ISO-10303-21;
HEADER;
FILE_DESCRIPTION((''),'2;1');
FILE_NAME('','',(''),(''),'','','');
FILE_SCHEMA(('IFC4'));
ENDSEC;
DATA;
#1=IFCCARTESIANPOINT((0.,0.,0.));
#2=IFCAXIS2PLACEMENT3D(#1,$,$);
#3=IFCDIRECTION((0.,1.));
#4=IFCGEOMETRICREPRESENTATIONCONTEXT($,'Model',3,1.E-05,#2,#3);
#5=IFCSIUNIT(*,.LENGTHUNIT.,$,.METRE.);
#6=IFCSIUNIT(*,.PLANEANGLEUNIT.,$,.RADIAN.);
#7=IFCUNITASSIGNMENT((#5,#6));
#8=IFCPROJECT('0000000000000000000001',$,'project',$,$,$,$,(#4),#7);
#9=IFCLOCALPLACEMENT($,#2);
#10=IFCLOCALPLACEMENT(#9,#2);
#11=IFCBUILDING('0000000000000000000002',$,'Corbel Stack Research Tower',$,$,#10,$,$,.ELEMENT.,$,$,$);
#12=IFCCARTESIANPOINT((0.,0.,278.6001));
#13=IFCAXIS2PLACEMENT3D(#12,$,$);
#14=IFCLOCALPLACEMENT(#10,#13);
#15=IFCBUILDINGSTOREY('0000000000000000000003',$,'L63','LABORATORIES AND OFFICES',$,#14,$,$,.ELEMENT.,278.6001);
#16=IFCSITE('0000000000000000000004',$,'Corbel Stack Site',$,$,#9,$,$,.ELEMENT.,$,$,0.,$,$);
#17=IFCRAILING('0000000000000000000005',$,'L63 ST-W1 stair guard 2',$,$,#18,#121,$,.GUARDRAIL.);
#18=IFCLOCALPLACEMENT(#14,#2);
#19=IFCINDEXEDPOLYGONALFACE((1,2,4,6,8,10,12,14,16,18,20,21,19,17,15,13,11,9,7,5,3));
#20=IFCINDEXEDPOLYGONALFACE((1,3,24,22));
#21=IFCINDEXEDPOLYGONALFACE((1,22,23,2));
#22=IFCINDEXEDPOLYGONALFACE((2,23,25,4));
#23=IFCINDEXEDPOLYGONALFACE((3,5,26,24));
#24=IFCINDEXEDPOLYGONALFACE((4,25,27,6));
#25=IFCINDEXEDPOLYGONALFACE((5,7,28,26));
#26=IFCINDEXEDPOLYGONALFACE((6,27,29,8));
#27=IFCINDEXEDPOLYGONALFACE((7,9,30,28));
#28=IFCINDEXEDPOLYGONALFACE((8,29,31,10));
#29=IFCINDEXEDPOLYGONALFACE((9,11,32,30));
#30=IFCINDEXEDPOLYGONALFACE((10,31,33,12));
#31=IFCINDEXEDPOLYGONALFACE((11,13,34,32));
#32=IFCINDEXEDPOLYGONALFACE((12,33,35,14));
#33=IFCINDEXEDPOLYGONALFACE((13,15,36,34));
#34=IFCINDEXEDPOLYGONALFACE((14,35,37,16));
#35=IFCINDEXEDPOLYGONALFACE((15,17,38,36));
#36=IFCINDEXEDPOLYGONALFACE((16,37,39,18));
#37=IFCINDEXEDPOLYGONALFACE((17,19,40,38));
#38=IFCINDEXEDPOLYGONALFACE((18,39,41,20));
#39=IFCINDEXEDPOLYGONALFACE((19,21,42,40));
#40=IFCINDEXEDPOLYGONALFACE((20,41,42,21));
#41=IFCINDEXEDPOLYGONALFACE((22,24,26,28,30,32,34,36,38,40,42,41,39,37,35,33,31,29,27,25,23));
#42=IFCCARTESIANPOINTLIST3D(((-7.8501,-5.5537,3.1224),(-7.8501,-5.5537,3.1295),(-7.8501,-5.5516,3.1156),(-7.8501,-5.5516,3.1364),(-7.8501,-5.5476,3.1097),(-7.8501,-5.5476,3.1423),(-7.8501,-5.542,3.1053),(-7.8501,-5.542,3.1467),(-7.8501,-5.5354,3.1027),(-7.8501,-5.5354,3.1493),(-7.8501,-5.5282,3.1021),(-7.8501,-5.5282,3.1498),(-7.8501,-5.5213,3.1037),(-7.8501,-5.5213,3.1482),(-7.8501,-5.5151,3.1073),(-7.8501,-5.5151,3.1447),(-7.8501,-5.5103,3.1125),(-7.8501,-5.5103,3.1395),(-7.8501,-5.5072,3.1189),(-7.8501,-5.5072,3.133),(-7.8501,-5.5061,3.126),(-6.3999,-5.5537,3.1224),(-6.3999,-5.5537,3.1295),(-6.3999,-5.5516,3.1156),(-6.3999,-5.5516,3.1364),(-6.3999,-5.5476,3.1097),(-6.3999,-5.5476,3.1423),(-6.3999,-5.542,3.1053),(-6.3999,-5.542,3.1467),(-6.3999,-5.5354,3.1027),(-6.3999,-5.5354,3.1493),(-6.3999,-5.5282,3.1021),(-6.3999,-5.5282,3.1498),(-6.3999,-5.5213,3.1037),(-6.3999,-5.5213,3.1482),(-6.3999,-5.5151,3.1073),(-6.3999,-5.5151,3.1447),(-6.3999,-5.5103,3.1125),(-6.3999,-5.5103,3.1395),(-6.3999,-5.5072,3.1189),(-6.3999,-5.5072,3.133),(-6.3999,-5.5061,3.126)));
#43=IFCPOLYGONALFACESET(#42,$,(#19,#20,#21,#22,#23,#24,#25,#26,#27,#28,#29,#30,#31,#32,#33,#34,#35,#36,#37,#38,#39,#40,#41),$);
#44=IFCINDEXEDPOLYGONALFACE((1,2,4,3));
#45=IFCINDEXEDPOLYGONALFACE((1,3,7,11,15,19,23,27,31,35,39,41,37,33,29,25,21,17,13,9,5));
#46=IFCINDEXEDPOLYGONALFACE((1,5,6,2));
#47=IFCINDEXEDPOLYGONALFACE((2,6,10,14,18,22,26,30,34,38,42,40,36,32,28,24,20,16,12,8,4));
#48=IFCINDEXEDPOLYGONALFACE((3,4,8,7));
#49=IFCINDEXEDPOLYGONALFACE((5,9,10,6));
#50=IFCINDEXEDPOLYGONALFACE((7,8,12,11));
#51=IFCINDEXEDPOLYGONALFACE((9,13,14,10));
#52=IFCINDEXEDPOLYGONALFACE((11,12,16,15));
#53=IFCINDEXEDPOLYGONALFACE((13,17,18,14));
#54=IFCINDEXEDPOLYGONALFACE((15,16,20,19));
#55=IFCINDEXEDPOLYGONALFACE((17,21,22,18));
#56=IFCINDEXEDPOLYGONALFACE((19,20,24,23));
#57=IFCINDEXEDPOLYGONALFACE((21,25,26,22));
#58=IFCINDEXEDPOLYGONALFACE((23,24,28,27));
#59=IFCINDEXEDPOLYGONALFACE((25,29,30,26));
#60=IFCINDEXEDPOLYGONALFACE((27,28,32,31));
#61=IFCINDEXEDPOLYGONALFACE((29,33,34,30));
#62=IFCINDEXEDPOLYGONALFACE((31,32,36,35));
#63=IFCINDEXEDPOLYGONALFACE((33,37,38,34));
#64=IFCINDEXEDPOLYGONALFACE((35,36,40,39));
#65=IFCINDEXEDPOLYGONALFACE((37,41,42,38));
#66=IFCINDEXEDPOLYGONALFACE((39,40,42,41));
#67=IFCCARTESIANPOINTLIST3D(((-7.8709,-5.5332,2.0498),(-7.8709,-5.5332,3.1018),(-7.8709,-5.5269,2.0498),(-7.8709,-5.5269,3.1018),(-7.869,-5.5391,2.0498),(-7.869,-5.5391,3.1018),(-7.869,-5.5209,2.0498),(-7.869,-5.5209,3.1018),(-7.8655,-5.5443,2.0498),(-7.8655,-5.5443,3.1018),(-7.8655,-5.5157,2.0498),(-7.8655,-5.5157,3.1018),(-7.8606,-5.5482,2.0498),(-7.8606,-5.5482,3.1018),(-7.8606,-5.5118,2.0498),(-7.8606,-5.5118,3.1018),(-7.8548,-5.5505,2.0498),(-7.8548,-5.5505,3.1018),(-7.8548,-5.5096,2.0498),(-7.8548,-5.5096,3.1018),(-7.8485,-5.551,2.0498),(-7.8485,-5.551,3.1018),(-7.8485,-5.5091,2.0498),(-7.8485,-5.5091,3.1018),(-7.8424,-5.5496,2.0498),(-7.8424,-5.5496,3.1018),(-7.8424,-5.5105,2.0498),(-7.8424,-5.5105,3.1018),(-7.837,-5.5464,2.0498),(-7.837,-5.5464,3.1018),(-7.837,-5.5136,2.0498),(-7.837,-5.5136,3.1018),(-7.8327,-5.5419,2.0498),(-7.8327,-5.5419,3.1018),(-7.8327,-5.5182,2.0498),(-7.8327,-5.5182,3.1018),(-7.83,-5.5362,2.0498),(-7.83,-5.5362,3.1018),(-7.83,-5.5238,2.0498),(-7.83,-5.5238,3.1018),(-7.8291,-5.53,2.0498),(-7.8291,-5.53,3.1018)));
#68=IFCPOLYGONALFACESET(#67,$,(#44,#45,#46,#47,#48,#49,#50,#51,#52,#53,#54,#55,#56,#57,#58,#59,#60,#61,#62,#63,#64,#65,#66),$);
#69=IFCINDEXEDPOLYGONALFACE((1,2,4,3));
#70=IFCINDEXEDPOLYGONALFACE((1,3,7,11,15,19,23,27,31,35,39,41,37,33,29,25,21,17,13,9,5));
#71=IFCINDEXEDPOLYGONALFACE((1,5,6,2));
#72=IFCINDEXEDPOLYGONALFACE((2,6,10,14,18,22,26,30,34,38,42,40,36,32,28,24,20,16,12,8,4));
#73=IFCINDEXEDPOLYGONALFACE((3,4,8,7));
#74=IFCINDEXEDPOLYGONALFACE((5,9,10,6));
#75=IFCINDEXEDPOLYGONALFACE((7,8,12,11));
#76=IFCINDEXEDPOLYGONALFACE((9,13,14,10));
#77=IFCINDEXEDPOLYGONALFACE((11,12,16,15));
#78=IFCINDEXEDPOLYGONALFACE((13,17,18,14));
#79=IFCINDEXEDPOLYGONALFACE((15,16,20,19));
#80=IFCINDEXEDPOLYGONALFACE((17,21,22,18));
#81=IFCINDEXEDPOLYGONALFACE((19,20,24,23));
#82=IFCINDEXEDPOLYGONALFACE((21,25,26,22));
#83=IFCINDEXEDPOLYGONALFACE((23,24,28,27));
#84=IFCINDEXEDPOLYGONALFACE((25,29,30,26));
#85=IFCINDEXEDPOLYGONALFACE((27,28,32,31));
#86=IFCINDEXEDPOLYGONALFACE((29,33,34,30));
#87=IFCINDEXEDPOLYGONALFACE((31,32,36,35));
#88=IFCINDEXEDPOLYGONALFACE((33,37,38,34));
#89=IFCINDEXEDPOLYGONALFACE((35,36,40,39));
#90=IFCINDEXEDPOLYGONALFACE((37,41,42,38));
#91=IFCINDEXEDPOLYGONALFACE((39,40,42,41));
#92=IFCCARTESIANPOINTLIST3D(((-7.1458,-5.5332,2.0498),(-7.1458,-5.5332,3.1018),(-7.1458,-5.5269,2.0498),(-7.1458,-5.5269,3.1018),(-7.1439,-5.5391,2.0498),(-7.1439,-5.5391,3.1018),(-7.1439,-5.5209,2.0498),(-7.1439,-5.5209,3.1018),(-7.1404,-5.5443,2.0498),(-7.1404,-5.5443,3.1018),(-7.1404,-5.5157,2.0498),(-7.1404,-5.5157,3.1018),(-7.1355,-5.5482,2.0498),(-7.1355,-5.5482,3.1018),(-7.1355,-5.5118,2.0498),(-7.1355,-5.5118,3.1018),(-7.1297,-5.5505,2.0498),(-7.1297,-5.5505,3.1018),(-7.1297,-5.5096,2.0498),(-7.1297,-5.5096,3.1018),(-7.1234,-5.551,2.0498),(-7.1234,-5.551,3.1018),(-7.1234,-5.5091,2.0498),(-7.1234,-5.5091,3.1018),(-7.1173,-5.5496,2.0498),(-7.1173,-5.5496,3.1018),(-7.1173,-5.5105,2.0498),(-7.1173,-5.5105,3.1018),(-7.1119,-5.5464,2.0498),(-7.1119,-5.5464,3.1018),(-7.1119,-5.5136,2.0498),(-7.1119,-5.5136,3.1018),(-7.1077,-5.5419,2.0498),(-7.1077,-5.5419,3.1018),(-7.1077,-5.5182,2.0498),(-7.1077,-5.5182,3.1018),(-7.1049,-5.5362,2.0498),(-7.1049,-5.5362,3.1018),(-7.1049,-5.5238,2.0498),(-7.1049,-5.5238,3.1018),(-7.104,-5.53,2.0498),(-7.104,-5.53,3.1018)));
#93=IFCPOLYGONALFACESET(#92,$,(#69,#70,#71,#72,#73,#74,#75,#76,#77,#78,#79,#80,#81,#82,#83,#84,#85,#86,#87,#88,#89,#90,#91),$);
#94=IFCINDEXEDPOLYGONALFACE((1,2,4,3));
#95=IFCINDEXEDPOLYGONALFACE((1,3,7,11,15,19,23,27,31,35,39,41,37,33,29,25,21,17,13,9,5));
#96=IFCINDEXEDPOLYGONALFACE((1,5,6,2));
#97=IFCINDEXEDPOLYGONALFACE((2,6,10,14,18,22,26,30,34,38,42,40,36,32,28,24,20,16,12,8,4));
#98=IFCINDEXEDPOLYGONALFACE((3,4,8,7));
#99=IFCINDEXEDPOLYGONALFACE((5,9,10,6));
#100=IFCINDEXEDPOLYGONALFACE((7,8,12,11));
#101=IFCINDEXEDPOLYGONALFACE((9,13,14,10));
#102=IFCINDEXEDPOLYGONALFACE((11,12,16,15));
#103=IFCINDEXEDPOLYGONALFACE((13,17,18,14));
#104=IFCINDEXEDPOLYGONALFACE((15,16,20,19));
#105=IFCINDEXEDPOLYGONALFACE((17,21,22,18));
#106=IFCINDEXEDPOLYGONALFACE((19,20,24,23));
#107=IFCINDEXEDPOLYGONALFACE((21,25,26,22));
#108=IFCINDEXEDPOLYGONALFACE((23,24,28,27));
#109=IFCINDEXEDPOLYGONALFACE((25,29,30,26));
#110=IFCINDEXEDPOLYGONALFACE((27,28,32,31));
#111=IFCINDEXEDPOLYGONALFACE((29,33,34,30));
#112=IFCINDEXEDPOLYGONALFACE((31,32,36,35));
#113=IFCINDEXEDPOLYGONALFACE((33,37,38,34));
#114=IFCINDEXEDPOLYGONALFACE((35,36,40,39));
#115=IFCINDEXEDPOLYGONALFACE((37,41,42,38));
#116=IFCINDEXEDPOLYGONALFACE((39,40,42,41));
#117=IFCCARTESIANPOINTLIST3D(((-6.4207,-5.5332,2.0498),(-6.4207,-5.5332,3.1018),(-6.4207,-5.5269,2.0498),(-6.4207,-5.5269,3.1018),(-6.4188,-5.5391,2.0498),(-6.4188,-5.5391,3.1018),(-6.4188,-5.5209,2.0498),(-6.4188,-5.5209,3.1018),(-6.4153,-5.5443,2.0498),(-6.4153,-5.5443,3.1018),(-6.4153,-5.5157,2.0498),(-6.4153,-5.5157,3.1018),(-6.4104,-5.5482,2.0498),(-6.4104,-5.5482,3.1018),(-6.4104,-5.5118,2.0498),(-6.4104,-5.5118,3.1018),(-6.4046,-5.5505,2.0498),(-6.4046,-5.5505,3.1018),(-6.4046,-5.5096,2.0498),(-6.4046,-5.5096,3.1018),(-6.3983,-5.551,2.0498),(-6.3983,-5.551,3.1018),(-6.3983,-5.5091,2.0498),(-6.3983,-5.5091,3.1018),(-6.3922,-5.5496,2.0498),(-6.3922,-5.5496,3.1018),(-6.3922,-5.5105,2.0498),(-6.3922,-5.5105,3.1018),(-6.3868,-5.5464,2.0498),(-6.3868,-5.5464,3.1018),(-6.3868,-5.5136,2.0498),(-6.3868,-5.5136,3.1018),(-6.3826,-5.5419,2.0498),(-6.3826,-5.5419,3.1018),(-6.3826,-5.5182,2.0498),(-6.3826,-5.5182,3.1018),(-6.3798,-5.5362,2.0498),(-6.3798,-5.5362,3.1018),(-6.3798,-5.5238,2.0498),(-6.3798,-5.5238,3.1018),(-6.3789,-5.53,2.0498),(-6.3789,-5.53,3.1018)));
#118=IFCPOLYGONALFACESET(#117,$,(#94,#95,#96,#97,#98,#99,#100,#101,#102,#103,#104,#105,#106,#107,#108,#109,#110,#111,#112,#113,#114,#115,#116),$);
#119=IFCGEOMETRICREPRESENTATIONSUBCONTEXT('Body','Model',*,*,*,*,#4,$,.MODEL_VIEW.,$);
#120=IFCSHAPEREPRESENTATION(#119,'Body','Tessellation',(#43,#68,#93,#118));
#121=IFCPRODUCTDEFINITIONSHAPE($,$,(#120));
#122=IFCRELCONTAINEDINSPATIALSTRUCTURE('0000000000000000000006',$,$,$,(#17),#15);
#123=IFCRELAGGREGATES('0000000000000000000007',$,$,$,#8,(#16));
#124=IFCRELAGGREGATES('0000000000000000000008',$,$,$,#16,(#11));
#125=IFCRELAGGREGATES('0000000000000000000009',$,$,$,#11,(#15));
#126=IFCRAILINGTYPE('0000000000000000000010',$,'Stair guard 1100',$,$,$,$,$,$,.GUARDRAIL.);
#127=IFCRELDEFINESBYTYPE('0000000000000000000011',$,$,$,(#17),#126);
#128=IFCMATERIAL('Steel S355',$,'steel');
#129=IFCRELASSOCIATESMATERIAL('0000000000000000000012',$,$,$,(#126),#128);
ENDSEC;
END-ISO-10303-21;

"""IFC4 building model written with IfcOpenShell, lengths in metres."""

from ifc_helpers import new_model, si_unit, direction, frame, origin, origin_2d, place, context, subcontext, project, spatial, circle, extrude, material, type_object, element, save


model = new_model("IFC4")

# Units and contexts
model_context = context("Model", 3, precision=1e-05, world=origin(), true_north=direction((0.0, 1.0)))
body_context = subcontext(model_context, "Body", "Model", "MODEL_VIEW")
ifc_project = project(units=[si_unit("LENGTHUNIT", "METRE"), si_unit("PLANEANGLEUNIT", "RADIAN")], contexts=[model_context])

# Site, building, storey
site_placement = place(None, origin())
site = spatial("IfcSite", under=ifc_project, at=site_placement, Name="Corbel Stack Site", CompositionType="ELEMENT", RefElevation=0.0)
building_placement = place(site_placement, origin())
building = spatial("IfcBuilding", under=site, at=building_placement, Name="Corbel Stack Research Tower", CompositionType="ELEMENT")
storey_placement = place(building_placement, frame((0.0, 0.0, 278.6001)))
storey = spatial("IfcBuildingStorey", under=building, at=storey_placement, Name="L63", Description="LABORATORIES AND OFFICES", CompositionType="ELEMENT", Elevation=278.6001)

# Railing
ifc_material_1 = material(Name="Steel S355", Category="steel")
railing_type_1 = type_object("IfcRailingType", Name="Stair guard 1100", PredefinedType="GUARDRAIL", material=ifc_material_1)
railing_1_placement = place(storey_placement, frame((-7.8501, -5.53, 2.0498)))
element("IfcRailing", 1, at=railing_1_placement, inside=storey, type_object=railing_type_1, Name="L63 ST-W1 stair guard 2", PredefinedType="GUARDRAIL", context=body_context, shape_type="SweptSolid", body=[
    extrude(circle(Radius=0.0239, at=origin_2d()), frame((0.0, 0.0, 1.0762), z_axis=(1.0, 0.0, 0.0), x_axis=(0.0, 1.0, 0.0)), (0.0, 0.0, 1.0), 1.4502),
    extrude(circle(Radius=0.021, at=origin_2d()), origin(), (0.0, 0.0, 1.0), 1.052),
    extrude(circle(Radius=0.021, at=origin_2d()), frame((0.7251, 0.0, 0.0)), (0.0, 0.0, 1.0), 1.052),
    extrude(circle(Radius=0.021, at=origin_2d()), frame((1.4502, 0.0, 0.0)), (0.0, 0.0, 1.0), 1.052),
])

save(model, "model.ifc")
